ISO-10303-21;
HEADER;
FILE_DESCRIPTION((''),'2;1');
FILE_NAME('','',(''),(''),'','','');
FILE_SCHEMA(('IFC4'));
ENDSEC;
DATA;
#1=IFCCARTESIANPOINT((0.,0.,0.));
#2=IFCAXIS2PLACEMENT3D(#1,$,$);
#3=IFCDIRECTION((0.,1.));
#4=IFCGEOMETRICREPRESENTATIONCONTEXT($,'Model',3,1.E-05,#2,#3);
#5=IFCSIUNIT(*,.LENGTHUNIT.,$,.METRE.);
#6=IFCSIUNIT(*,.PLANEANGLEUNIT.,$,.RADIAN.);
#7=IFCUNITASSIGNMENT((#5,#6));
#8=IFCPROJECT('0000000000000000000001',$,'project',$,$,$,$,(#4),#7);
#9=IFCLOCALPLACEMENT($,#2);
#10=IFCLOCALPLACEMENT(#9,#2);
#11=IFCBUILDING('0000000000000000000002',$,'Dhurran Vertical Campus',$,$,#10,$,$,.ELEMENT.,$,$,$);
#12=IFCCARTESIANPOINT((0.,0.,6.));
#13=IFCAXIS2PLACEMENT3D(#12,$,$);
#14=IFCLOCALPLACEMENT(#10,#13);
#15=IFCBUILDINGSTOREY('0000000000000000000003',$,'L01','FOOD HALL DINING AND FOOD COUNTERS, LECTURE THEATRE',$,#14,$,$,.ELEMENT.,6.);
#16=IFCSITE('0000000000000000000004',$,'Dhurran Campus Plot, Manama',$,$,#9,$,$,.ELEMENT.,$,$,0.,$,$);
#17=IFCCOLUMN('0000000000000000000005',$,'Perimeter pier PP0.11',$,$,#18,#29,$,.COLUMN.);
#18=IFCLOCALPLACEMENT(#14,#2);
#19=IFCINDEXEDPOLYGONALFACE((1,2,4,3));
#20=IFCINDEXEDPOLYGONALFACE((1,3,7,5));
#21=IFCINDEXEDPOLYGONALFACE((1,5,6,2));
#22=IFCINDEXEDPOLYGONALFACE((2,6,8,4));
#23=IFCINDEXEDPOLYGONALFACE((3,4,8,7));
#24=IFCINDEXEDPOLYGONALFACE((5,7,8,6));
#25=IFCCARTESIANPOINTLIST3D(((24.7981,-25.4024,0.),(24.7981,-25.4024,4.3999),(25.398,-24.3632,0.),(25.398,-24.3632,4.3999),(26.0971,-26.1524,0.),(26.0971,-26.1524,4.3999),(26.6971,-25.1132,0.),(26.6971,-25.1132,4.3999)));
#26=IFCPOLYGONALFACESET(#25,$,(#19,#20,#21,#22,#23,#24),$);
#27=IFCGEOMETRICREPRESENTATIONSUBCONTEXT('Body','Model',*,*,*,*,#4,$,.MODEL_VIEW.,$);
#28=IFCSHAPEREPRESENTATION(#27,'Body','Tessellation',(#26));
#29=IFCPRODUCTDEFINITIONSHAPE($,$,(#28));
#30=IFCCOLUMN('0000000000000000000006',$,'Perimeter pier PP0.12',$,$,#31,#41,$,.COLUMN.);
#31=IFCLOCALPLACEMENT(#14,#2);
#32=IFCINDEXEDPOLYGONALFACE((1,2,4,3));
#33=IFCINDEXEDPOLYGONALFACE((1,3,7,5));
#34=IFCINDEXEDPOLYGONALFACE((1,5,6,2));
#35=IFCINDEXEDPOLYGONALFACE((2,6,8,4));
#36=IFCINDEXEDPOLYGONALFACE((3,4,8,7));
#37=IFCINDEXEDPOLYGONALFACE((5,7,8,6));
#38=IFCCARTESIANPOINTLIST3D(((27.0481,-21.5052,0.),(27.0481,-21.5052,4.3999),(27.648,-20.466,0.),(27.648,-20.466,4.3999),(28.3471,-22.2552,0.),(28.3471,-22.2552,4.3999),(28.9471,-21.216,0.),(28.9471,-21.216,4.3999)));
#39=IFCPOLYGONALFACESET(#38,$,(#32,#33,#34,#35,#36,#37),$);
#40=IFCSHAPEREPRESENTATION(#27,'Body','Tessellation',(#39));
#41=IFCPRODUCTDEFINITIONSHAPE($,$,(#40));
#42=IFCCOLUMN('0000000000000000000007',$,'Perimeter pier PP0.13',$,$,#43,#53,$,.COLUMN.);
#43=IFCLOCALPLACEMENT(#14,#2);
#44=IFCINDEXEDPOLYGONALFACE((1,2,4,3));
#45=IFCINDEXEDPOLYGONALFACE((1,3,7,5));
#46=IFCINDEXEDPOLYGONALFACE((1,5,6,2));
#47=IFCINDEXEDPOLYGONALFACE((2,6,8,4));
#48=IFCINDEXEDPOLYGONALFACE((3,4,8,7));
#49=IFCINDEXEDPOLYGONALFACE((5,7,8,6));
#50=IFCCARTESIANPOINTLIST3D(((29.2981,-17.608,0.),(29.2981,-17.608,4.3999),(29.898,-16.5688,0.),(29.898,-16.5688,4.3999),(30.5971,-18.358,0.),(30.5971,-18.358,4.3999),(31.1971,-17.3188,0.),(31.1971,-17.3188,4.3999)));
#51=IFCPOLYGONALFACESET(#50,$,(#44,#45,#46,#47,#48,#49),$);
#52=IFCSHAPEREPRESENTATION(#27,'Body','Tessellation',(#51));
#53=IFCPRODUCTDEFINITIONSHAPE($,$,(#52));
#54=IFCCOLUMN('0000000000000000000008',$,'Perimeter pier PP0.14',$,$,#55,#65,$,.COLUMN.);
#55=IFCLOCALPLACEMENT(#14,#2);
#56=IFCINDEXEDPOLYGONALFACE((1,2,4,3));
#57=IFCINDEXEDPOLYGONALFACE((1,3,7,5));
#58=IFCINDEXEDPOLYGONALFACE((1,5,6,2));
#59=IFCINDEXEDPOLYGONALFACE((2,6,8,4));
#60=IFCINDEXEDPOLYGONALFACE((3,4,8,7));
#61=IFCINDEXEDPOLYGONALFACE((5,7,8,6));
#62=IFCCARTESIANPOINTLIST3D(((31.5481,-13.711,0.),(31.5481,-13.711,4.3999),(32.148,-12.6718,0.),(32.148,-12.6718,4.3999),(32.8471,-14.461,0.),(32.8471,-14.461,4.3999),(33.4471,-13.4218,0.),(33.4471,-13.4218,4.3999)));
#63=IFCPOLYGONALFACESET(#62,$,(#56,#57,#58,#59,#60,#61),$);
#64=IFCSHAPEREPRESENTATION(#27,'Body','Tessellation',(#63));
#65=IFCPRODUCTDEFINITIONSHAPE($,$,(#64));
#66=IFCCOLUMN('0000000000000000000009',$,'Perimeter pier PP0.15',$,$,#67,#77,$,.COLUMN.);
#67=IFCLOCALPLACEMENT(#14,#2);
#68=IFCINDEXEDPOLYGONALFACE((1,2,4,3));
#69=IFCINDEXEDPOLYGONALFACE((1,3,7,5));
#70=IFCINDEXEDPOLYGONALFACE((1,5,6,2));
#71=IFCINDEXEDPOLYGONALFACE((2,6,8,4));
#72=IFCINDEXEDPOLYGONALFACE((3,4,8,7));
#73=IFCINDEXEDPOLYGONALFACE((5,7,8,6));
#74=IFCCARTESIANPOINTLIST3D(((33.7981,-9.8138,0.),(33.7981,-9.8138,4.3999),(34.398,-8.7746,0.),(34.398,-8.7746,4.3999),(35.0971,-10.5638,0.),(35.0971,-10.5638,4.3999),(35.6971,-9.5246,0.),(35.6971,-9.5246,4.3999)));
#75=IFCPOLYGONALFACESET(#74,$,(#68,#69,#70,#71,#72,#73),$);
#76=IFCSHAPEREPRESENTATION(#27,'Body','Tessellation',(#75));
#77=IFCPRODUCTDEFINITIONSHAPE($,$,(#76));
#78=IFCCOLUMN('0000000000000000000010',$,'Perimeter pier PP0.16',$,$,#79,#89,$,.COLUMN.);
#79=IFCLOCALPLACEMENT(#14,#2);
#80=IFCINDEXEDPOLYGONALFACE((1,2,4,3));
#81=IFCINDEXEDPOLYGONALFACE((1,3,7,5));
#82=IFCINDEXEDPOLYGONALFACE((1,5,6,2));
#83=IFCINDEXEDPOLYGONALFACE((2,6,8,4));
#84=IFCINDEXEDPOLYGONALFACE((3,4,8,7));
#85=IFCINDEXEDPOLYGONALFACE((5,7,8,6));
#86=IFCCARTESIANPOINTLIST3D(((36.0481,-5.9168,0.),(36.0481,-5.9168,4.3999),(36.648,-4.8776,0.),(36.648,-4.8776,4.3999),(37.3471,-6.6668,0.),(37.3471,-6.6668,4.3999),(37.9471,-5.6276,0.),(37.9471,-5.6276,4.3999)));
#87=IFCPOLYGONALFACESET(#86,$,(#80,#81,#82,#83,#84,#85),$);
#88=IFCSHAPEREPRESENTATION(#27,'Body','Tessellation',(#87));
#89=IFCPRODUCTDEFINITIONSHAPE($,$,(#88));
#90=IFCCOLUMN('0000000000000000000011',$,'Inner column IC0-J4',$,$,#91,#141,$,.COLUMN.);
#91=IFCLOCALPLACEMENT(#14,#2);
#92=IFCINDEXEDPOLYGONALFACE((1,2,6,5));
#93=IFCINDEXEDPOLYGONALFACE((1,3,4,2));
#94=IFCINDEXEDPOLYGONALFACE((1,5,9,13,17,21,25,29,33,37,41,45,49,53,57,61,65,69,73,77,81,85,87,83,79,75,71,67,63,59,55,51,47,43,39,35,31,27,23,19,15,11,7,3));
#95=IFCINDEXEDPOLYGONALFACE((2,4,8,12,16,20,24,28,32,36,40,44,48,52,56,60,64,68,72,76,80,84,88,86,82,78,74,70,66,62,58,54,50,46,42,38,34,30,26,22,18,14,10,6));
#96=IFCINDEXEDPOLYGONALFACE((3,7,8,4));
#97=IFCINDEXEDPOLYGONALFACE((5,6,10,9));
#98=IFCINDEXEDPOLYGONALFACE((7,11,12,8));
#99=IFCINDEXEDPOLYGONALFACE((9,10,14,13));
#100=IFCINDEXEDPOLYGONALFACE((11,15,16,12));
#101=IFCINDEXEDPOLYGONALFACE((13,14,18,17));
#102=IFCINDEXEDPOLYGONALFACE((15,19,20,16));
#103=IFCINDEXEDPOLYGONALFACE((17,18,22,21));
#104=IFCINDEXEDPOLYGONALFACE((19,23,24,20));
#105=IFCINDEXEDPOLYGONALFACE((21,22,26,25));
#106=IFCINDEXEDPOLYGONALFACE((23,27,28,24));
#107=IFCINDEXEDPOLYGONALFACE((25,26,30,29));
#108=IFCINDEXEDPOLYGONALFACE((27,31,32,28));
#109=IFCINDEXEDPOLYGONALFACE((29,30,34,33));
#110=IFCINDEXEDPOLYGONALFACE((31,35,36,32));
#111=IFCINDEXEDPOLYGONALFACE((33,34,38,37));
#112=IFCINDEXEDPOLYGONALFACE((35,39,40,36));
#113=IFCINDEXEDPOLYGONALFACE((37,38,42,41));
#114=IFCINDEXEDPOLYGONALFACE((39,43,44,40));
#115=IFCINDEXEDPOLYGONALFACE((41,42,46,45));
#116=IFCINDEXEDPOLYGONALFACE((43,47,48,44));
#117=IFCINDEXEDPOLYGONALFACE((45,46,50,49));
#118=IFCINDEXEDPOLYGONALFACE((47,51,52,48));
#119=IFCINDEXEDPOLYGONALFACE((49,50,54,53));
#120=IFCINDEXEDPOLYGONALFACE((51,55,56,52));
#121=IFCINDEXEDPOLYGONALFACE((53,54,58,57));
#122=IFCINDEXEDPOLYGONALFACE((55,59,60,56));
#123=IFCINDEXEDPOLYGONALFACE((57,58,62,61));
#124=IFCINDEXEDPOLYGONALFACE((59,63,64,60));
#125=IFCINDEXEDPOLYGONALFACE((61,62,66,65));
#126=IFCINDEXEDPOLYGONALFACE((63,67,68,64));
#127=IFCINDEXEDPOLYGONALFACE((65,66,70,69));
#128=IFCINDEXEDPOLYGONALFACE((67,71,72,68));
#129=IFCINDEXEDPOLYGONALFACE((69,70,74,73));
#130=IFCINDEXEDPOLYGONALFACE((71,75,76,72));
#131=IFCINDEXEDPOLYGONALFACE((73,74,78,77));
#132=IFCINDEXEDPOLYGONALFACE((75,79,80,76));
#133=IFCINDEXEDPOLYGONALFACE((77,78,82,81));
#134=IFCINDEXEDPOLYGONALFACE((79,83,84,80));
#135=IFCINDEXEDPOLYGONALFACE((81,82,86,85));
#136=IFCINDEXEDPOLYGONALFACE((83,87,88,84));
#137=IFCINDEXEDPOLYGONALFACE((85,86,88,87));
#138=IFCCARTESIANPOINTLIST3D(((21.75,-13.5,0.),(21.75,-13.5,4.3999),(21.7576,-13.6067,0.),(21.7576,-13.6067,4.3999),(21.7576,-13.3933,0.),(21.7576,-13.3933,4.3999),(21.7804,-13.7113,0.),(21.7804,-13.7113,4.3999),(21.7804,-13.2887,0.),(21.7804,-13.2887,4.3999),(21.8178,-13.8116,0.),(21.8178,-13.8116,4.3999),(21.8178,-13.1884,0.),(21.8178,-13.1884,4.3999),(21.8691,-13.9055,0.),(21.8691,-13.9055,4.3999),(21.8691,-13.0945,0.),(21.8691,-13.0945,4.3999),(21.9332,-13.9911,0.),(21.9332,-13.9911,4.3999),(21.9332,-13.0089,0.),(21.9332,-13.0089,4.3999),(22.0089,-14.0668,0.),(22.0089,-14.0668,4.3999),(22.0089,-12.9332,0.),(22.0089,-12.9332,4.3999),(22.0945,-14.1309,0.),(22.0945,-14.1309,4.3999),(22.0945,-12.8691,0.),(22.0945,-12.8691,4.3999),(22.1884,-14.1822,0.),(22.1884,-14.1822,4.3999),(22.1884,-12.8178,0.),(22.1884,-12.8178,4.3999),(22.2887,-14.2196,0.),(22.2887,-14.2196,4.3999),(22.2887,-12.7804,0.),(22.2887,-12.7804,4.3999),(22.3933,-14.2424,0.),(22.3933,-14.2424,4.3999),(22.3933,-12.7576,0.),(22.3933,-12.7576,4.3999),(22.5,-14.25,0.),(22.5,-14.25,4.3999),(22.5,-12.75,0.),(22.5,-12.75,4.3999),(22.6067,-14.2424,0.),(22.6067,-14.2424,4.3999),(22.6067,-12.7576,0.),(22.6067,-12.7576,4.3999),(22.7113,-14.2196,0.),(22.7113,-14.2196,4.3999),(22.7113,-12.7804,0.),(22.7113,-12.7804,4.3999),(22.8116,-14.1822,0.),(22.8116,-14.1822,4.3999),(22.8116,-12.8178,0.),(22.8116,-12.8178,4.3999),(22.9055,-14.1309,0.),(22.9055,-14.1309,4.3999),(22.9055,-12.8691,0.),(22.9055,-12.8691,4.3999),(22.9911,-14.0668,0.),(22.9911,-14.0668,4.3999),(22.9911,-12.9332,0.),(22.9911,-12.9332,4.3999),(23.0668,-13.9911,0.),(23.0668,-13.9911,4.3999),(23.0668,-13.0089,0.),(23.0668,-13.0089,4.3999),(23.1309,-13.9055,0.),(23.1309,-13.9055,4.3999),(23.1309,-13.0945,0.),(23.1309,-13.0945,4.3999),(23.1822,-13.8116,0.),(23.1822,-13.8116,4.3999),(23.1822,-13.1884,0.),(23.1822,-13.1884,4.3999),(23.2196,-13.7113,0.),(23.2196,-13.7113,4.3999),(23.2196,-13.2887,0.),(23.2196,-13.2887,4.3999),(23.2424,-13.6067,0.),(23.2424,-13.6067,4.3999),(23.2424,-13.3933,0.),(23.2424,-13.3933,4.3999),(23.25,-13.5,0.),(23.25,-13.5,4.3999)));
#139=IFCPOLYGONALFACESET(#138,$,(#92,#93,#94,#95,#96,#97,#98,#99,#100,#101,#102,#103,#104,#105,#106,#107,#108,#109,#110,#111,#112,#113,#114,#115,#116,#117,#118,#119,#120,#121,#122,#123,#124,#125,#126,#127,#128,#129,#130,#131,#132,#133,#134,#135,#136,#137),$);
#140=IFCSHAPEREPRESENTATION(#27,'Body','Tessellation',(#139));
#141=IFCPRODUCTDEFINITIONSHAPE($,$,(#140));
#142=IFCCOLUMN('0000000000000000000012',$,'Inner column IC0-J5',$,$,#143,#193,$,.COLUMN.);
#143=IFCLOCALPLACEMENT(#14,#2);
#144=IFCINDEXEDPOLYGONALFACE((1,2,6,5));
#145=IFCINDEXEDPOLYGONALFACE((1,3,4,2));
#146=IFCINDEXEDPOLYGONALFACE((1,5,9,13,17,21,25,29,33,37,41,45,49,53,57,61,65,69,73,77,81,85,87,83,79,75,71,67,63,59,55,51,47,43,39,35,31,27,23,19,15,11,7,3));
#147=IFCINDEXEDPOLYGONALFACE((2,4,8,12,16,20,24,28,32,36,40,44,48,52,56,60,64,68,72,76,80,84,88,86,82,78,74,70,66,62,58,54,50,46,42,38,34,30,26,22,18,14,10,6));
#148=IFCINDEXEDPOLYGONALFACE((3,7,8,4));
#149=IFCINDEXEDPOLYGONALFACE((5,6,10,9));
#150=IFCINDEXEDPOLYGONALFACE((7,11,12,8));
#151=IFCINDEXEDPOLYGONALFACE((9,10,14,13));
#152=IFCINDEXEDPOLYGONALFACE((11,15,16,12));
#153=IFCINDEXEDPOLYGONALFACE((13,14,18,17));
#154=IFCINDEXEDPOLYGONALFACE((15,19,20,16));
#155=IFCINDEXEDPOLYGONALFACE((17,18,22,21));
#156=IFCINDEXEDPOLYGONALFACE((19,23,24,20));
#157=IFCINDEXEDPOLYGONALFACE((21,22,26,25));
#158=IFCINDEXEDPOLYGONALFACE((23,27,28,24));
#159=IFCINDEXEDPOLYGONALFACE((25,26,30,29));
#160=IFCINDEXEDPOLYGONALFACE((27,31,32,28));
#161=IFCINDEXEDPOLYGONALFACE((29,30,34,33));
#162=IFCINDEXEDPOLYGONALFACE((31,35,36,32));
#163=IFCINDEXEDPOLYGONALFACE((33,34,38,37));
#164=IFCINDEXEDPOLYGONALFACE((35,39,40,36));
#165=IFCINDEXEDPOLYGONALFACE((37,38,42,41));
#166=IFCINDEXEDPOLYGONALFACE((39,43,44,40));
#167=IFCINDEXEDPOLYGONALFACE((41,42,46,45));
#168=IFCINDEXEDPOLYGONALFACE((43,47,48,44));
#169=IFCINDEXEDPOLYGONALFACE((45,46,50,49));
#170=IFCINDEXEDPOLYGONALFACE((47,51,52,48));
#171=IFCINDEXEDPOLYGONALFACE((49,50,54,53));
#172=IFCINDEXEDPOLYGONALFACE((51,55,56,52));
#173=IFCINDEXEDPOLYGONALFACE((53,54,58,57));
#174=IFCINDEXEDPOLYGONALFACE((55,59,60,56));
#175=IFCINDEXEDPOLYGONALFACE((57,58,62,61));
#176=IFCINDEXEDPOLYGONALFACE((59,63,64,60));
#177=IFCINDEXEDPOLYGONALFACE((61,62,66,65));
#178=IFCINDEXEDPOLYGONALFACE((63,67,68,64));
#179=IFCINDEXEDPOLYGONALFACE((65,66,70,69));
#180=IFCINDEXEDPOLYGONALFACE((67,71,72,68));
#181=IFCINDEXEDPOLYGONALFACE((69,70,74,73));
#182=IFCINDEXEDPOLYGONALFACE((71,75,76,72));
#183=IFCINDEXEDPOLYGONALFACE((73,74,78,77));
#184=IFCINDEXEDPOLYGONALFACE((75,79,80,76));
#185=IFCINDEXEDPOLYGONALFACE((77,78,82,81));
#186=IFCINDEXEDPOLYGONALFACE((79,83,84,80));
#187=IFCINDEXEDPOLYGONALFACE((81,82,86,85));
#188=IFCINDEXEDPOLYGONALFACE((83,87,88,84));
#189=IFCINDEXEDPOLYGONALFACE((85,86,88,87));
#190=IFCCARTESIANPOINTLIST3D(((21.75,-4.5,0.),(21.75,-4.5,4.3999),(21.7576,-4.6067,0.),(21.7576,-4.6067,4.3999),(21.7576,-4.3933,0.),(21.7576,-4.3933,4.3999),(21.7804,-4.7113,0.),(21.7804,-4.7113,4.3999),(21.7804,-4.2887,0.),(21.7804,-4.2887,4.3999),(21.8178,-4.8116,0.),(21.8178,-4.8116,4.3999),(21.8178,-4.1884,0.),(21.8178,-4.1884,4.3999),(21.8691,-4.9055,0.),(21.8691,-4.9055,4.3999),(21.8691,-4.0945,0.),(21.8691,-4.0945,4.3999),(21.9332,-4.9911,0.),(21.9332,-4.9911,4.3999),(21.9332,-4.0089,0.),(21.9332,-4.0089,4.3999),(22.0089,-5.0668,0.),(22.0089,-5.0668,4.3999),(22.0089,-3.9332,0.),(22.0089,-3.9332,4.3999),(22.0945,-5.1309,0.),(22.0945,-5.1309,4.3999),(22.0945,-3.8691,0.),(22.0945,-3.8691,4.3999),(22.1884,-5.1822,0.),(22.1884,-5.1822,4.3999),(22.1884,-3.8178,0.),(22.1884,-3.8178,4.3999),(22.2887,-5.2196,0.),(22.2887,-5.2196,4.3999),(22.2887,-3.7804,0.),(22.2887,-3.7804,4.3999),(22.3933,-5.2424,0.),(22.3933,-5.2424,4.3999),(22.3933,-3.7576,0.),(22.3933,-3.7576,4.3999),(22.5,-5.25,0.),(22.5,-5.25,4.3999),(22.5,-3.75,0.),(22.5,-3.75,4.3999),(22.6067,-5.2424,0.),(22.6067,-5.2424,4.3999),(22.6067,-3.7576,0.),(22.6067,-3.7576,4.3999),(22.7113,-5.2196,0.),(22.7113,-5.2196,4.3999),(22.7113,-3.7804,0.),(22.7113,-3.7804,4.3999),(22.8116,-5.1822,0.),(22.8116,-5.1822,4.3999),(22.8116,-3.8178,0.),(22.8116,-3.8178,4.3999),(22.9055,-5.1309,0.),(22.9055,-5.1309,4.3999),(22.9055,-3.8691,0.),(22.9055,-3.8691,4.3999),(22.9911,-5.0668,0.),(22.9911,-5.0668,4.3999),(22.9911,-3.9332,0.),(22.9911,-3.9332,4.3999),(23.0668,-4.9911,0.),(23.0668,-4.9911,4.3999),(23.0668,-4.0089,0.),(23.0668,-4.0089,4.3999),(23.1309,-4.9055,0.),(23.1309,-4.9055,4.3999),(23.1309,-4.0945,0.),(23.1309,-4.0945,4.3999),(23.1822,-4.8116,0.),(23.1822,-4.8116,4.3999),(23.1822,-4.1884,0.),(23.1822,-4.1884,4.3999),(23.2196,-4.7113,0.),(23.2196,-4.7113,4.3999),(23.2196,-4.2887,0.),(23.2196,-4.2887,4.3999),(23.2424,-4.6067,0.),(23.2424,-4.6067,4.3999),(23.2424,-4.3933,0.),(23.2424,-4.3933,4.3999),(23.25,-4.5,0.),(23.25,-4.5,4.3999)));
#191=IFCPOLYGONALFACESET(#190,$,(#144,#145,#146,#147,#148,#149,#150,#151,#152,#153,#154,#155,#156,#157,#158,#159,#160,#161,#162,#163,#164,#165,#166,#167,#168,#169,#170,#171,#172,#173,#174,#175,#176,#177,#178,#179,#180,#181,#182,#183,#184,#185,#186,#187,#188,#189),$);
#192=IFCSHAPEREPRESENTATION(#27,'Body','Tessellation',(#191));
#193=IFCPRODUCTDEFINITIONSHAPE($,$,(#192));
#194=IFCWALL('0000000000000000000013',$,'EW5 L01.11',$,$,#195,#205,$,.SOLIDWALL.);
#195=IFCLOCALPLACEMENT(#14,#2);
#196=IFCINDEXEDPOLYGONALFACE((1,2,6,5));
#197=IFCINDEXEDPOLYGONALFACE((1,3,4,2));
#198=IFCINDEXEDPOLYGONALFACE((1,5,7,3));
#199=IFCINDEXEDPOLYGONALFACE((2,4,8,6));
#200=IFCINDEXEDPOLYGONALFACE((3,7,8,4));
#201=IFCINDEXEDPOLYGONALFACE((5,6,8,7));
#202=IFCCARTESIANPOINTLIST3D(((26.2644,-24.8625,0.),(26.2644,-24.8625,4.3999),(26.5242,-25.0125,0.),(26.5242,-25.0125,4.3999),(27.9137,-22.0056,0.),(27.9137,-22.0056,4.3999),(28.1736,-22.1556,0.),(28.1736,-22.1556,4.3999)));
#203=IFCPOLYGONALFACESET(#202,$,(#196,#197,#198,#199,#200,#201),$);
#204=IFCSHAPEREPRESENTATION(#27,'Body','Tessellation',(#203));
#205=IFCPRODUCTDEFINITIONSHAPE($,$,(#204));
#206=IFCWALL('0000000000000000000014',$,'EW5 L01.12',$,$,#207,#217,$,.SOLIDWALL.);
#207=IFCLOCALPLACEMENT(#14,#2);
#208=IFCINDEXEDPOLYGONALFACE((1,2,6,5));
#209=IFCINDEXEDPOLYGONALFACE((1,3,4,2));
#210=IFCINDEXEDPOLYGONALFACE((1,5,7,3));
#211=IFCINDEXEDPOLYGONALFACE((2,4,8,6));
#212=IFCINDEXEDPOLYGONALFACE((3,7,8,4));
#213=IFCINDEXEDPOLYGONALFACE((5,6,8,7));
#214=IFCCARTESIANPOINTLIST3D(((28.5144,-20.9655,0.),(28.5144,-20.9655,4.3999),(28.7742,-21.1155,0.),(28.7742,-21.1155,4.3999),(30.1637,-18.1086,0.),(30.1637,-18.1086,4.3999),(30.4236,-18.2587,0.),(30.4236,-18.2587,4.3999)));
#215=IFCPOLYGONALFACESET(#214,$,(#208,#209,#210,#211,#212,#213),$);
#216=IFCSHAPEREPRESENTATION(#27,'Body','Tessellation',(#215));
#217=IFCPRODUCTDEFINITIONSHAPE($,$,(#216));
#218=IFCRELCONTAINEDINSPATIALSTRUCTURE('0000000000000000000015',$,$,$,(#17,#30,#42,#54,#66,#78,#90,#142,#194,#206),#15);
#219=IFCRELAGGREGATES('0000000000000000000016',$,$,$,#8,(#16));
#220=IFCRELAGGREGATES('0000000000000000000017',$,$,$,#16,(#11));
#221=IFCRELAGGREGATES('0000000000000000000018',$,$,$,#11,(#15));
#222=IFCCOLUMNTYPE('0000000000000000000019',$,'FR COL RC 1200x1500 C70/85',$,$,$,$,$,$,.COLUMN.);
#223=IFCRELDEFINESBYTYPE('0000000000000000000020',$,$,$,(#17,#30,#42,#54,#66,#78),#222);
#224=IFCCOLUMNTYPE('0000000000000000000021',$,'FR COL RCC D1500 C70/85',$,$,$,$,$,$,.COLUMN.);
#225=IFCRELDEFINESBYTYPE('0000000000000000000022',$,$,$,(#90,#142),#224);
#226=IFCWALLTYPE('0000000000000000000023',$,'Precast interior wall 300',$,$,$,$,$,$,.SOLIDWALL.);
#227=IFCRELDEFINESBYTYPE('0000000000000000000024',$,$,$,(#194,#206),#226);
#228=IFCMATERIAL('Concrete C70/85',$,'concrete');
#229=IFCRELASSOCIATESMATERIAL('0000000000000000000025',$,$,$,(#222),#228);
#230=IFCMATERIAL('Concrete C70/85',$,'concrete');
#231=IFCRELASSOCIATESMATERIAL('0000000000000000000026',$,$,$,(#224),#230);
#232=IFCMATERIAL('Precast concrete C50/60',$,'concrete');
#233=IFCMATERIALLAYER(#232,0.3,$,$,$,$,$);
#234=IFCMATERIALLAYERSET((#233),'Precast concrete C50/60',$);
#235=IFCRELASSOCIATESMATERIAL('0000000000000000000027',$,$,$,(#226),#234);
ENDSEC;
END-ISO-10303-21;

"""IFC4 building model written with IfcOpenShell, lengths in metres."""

from ifc_helpers import new_model, si_unit, direction, frame, frame_2d, origin, origin_2d, place, context, subcontext, project, spatial, rectangle, circle, extrude, material, layer, layer_set, material_profile, profile_set, type_object, element, save


model = new_model("IFC4")

# Units and contexts
model_context = context("Model", 3, precision=1e-05, world=origin(), true_north=direction((0.0, 1.0)))
body_context = subcontext(model_context, "Body", "Model", "MODEL_VIEW")
ifc_project = project(units=[si_unit("LENGTHUNIT", "METRE"), si_unit("PLANEANGLEUNIT", "RADIAN")], contexts=[model_context])

# Site, building, storey
site_placement = place(None, origin())
site = spatial("IfcSite", under=ifc_project, at=site_placement, Name="Dhurran Campus Plot, Manama", CompositionType="ELEMENT", RefElevation=0.0)
building_placement = place(site_placement, origin())
building = spatial("IfcBuilding", under=site, at=building_placement, Name="Dhurran Vertical Campus", CompositionType="ELEMENT")
storey_placement = place(building_placement, frame((0.0, 0.0, 6.0)))
storey = spatial("IfcBuildingStorey", under=building, at=storey_placement, Name="L01", Description="FOOD HALL DINING AND FOOD COUNTERS, LECTURE THEATRE", CompositionType="ELEMENT", Elevation=6.0)

# Columns
ifc_material_1 = material(Name="Concrete C70/85", Category="concrete")
ifc_material_profile_1 = material_profile(ifc_material_1, rectangle(XDim=1.2, YDim=1.5, at=origin_2d()), Name="RC 1200x1500")
ifc_profile_set_1 = profile_set([ifc_material_profile_1], Name="Concrete C70/85")
column_type_1 = type_object("IfcColumnType", Name="FR COL RC 1200x1500 C70/85", PredefinedType="COLUMN", material=ifc_profile_set_1)
for number, where, z_axis, x_axis, name in (
    (1, (25.7476, -25.2578, 0.0), (0.0, 0.0, 1.0), (0.5, 0.866025, 0.0), "Perimeter pier PP0.11"),
    (2, (27.9976, -21.3606, 0.0), (0.0, 0.0, 1.0), (0.5, 0.866025, 0.0), "Perimeter pier PP0.12"),
    (3, (30.2476, -17.4634, 0.0), (0.0, 0.0, 1.0), (0.5, 0.866025, 0.0), "Perimeter pier PP0.13"),
    (4, (32.4976, -13.5664, 0.0), (0.0, 0.0, 1.0), (0.5, 0.866025, 0.0), "Perimeter pier PP0.14"),
    (5, (34.7476, -9.6692, 0.0), (0.0, 0.0, 1.0), (0.5, 0.866025, 0.0), "Perimeter pier PP0.15"),
    (6, (36.9976, -5.7722, 0.0), (0.0, 0.0, 1.0), (0.5, 0.866025, 0.0), "Perimeter pier PP0.16"),
):
    element("IfcColumn", number, at=place(storey_placement, frame(where, z_axis=z_axis, x_axis=x_axis)), inside=storey, type_object=column_type_1, Name=name, PredefinedType="COLUMN", context=body_context, shape_type="SweptSolid", body=[
        extrude(rectangle(XDim=1.2, YDim=1.5, at=origin_2d()), origin(), (0.0, 0.0, 1.0), 4.3999),
    ])
ifc_material_2 = material(Name="Concrete C70/85", Category="concrete")
ifc_material_profile_2 = material_profile(ifc_material_2, circle(Radius=0.75, at=origin_2d()), Name="RCC D1500")
ifc_profile_set_2 = profile_set([ifc_material_profile_2], Name="Concrete C70/85")
column_type_2 = type_object("IfcColumnType", Name="FR COL RCC D1500 C70/85", PredefinedType="COLUMN", material=ifc_profile_set_2)
for number, where, z_axis, x_axis, name in (
    (7, (22.5, -13.5, 0.0), (0.0, 0.0, 1.0), (1.0, 0.0, 0.0), "Inner column IC0-J4"),
    (8, (22.5, -4.5, 0.0), (0.0, 0.0, 1.0), (1.0, 0.0, 0.0), "Inner column IC0-J5"),
):
    element("IfcColumn", number, at=place(storey_placement, frame(where, z_axis=z_axis, x_axis=x_axis)), inside=storey, type_object=column_type_2, Name=name, PredefinedType="COLUMN", context=body_context, shape_type="SweptSolid", body=[
        extrude(circle(Radius=0.75, at=origin_2d()), origin(), (0.0, 0.0, 1.0), 4.3999),
    ])

# Walls
ifc_material_3 = material(Name="Precast concrete C50/60", Category="concrete")
ifc_layer_1 = layer(ifc_material_3, 0.3)
ifc_layer_set_1 = layer_set([ifc_layer_1], Name="Precast concrete C50/60")
wall_type_1 = type_object("IfcWallType", Name="Precast interior wall 300", PredefinedType="SOLIDWALL", material=ifc_layer_set_1)
for number, where, z_axis, x_axis, name in (
    (9, (26.3943, -24.9375, 0.0), (0.0, 0.0, 1.0), (0.499992, 0.86603, 0.0), "EW5 L01.11"),
    (10, (28.6443, -21.0405, 0.0), (0.0, 0.0, 1.0), (0.499992, 0.86603, 0.0), "EW5 L01.12"),
):
    element("IfcWall", number, at=place(storey_placement, frame(where, z_axis=z_axis, x_axis=x_axis)), inside=storey, type_object=wall_type_1, Name=name, PredefinedType="SOLIDWALL", context=body_context, shape_type="SweptSolid", body=[
        extrude(rectangle(XDim=3.2988, YDim=0.3, at=frame_2d((1.6494, 0.0))), origin(), (0.0, 0.0, 1.0), 4.3999),
    ])

save(model, "model.ifc")
